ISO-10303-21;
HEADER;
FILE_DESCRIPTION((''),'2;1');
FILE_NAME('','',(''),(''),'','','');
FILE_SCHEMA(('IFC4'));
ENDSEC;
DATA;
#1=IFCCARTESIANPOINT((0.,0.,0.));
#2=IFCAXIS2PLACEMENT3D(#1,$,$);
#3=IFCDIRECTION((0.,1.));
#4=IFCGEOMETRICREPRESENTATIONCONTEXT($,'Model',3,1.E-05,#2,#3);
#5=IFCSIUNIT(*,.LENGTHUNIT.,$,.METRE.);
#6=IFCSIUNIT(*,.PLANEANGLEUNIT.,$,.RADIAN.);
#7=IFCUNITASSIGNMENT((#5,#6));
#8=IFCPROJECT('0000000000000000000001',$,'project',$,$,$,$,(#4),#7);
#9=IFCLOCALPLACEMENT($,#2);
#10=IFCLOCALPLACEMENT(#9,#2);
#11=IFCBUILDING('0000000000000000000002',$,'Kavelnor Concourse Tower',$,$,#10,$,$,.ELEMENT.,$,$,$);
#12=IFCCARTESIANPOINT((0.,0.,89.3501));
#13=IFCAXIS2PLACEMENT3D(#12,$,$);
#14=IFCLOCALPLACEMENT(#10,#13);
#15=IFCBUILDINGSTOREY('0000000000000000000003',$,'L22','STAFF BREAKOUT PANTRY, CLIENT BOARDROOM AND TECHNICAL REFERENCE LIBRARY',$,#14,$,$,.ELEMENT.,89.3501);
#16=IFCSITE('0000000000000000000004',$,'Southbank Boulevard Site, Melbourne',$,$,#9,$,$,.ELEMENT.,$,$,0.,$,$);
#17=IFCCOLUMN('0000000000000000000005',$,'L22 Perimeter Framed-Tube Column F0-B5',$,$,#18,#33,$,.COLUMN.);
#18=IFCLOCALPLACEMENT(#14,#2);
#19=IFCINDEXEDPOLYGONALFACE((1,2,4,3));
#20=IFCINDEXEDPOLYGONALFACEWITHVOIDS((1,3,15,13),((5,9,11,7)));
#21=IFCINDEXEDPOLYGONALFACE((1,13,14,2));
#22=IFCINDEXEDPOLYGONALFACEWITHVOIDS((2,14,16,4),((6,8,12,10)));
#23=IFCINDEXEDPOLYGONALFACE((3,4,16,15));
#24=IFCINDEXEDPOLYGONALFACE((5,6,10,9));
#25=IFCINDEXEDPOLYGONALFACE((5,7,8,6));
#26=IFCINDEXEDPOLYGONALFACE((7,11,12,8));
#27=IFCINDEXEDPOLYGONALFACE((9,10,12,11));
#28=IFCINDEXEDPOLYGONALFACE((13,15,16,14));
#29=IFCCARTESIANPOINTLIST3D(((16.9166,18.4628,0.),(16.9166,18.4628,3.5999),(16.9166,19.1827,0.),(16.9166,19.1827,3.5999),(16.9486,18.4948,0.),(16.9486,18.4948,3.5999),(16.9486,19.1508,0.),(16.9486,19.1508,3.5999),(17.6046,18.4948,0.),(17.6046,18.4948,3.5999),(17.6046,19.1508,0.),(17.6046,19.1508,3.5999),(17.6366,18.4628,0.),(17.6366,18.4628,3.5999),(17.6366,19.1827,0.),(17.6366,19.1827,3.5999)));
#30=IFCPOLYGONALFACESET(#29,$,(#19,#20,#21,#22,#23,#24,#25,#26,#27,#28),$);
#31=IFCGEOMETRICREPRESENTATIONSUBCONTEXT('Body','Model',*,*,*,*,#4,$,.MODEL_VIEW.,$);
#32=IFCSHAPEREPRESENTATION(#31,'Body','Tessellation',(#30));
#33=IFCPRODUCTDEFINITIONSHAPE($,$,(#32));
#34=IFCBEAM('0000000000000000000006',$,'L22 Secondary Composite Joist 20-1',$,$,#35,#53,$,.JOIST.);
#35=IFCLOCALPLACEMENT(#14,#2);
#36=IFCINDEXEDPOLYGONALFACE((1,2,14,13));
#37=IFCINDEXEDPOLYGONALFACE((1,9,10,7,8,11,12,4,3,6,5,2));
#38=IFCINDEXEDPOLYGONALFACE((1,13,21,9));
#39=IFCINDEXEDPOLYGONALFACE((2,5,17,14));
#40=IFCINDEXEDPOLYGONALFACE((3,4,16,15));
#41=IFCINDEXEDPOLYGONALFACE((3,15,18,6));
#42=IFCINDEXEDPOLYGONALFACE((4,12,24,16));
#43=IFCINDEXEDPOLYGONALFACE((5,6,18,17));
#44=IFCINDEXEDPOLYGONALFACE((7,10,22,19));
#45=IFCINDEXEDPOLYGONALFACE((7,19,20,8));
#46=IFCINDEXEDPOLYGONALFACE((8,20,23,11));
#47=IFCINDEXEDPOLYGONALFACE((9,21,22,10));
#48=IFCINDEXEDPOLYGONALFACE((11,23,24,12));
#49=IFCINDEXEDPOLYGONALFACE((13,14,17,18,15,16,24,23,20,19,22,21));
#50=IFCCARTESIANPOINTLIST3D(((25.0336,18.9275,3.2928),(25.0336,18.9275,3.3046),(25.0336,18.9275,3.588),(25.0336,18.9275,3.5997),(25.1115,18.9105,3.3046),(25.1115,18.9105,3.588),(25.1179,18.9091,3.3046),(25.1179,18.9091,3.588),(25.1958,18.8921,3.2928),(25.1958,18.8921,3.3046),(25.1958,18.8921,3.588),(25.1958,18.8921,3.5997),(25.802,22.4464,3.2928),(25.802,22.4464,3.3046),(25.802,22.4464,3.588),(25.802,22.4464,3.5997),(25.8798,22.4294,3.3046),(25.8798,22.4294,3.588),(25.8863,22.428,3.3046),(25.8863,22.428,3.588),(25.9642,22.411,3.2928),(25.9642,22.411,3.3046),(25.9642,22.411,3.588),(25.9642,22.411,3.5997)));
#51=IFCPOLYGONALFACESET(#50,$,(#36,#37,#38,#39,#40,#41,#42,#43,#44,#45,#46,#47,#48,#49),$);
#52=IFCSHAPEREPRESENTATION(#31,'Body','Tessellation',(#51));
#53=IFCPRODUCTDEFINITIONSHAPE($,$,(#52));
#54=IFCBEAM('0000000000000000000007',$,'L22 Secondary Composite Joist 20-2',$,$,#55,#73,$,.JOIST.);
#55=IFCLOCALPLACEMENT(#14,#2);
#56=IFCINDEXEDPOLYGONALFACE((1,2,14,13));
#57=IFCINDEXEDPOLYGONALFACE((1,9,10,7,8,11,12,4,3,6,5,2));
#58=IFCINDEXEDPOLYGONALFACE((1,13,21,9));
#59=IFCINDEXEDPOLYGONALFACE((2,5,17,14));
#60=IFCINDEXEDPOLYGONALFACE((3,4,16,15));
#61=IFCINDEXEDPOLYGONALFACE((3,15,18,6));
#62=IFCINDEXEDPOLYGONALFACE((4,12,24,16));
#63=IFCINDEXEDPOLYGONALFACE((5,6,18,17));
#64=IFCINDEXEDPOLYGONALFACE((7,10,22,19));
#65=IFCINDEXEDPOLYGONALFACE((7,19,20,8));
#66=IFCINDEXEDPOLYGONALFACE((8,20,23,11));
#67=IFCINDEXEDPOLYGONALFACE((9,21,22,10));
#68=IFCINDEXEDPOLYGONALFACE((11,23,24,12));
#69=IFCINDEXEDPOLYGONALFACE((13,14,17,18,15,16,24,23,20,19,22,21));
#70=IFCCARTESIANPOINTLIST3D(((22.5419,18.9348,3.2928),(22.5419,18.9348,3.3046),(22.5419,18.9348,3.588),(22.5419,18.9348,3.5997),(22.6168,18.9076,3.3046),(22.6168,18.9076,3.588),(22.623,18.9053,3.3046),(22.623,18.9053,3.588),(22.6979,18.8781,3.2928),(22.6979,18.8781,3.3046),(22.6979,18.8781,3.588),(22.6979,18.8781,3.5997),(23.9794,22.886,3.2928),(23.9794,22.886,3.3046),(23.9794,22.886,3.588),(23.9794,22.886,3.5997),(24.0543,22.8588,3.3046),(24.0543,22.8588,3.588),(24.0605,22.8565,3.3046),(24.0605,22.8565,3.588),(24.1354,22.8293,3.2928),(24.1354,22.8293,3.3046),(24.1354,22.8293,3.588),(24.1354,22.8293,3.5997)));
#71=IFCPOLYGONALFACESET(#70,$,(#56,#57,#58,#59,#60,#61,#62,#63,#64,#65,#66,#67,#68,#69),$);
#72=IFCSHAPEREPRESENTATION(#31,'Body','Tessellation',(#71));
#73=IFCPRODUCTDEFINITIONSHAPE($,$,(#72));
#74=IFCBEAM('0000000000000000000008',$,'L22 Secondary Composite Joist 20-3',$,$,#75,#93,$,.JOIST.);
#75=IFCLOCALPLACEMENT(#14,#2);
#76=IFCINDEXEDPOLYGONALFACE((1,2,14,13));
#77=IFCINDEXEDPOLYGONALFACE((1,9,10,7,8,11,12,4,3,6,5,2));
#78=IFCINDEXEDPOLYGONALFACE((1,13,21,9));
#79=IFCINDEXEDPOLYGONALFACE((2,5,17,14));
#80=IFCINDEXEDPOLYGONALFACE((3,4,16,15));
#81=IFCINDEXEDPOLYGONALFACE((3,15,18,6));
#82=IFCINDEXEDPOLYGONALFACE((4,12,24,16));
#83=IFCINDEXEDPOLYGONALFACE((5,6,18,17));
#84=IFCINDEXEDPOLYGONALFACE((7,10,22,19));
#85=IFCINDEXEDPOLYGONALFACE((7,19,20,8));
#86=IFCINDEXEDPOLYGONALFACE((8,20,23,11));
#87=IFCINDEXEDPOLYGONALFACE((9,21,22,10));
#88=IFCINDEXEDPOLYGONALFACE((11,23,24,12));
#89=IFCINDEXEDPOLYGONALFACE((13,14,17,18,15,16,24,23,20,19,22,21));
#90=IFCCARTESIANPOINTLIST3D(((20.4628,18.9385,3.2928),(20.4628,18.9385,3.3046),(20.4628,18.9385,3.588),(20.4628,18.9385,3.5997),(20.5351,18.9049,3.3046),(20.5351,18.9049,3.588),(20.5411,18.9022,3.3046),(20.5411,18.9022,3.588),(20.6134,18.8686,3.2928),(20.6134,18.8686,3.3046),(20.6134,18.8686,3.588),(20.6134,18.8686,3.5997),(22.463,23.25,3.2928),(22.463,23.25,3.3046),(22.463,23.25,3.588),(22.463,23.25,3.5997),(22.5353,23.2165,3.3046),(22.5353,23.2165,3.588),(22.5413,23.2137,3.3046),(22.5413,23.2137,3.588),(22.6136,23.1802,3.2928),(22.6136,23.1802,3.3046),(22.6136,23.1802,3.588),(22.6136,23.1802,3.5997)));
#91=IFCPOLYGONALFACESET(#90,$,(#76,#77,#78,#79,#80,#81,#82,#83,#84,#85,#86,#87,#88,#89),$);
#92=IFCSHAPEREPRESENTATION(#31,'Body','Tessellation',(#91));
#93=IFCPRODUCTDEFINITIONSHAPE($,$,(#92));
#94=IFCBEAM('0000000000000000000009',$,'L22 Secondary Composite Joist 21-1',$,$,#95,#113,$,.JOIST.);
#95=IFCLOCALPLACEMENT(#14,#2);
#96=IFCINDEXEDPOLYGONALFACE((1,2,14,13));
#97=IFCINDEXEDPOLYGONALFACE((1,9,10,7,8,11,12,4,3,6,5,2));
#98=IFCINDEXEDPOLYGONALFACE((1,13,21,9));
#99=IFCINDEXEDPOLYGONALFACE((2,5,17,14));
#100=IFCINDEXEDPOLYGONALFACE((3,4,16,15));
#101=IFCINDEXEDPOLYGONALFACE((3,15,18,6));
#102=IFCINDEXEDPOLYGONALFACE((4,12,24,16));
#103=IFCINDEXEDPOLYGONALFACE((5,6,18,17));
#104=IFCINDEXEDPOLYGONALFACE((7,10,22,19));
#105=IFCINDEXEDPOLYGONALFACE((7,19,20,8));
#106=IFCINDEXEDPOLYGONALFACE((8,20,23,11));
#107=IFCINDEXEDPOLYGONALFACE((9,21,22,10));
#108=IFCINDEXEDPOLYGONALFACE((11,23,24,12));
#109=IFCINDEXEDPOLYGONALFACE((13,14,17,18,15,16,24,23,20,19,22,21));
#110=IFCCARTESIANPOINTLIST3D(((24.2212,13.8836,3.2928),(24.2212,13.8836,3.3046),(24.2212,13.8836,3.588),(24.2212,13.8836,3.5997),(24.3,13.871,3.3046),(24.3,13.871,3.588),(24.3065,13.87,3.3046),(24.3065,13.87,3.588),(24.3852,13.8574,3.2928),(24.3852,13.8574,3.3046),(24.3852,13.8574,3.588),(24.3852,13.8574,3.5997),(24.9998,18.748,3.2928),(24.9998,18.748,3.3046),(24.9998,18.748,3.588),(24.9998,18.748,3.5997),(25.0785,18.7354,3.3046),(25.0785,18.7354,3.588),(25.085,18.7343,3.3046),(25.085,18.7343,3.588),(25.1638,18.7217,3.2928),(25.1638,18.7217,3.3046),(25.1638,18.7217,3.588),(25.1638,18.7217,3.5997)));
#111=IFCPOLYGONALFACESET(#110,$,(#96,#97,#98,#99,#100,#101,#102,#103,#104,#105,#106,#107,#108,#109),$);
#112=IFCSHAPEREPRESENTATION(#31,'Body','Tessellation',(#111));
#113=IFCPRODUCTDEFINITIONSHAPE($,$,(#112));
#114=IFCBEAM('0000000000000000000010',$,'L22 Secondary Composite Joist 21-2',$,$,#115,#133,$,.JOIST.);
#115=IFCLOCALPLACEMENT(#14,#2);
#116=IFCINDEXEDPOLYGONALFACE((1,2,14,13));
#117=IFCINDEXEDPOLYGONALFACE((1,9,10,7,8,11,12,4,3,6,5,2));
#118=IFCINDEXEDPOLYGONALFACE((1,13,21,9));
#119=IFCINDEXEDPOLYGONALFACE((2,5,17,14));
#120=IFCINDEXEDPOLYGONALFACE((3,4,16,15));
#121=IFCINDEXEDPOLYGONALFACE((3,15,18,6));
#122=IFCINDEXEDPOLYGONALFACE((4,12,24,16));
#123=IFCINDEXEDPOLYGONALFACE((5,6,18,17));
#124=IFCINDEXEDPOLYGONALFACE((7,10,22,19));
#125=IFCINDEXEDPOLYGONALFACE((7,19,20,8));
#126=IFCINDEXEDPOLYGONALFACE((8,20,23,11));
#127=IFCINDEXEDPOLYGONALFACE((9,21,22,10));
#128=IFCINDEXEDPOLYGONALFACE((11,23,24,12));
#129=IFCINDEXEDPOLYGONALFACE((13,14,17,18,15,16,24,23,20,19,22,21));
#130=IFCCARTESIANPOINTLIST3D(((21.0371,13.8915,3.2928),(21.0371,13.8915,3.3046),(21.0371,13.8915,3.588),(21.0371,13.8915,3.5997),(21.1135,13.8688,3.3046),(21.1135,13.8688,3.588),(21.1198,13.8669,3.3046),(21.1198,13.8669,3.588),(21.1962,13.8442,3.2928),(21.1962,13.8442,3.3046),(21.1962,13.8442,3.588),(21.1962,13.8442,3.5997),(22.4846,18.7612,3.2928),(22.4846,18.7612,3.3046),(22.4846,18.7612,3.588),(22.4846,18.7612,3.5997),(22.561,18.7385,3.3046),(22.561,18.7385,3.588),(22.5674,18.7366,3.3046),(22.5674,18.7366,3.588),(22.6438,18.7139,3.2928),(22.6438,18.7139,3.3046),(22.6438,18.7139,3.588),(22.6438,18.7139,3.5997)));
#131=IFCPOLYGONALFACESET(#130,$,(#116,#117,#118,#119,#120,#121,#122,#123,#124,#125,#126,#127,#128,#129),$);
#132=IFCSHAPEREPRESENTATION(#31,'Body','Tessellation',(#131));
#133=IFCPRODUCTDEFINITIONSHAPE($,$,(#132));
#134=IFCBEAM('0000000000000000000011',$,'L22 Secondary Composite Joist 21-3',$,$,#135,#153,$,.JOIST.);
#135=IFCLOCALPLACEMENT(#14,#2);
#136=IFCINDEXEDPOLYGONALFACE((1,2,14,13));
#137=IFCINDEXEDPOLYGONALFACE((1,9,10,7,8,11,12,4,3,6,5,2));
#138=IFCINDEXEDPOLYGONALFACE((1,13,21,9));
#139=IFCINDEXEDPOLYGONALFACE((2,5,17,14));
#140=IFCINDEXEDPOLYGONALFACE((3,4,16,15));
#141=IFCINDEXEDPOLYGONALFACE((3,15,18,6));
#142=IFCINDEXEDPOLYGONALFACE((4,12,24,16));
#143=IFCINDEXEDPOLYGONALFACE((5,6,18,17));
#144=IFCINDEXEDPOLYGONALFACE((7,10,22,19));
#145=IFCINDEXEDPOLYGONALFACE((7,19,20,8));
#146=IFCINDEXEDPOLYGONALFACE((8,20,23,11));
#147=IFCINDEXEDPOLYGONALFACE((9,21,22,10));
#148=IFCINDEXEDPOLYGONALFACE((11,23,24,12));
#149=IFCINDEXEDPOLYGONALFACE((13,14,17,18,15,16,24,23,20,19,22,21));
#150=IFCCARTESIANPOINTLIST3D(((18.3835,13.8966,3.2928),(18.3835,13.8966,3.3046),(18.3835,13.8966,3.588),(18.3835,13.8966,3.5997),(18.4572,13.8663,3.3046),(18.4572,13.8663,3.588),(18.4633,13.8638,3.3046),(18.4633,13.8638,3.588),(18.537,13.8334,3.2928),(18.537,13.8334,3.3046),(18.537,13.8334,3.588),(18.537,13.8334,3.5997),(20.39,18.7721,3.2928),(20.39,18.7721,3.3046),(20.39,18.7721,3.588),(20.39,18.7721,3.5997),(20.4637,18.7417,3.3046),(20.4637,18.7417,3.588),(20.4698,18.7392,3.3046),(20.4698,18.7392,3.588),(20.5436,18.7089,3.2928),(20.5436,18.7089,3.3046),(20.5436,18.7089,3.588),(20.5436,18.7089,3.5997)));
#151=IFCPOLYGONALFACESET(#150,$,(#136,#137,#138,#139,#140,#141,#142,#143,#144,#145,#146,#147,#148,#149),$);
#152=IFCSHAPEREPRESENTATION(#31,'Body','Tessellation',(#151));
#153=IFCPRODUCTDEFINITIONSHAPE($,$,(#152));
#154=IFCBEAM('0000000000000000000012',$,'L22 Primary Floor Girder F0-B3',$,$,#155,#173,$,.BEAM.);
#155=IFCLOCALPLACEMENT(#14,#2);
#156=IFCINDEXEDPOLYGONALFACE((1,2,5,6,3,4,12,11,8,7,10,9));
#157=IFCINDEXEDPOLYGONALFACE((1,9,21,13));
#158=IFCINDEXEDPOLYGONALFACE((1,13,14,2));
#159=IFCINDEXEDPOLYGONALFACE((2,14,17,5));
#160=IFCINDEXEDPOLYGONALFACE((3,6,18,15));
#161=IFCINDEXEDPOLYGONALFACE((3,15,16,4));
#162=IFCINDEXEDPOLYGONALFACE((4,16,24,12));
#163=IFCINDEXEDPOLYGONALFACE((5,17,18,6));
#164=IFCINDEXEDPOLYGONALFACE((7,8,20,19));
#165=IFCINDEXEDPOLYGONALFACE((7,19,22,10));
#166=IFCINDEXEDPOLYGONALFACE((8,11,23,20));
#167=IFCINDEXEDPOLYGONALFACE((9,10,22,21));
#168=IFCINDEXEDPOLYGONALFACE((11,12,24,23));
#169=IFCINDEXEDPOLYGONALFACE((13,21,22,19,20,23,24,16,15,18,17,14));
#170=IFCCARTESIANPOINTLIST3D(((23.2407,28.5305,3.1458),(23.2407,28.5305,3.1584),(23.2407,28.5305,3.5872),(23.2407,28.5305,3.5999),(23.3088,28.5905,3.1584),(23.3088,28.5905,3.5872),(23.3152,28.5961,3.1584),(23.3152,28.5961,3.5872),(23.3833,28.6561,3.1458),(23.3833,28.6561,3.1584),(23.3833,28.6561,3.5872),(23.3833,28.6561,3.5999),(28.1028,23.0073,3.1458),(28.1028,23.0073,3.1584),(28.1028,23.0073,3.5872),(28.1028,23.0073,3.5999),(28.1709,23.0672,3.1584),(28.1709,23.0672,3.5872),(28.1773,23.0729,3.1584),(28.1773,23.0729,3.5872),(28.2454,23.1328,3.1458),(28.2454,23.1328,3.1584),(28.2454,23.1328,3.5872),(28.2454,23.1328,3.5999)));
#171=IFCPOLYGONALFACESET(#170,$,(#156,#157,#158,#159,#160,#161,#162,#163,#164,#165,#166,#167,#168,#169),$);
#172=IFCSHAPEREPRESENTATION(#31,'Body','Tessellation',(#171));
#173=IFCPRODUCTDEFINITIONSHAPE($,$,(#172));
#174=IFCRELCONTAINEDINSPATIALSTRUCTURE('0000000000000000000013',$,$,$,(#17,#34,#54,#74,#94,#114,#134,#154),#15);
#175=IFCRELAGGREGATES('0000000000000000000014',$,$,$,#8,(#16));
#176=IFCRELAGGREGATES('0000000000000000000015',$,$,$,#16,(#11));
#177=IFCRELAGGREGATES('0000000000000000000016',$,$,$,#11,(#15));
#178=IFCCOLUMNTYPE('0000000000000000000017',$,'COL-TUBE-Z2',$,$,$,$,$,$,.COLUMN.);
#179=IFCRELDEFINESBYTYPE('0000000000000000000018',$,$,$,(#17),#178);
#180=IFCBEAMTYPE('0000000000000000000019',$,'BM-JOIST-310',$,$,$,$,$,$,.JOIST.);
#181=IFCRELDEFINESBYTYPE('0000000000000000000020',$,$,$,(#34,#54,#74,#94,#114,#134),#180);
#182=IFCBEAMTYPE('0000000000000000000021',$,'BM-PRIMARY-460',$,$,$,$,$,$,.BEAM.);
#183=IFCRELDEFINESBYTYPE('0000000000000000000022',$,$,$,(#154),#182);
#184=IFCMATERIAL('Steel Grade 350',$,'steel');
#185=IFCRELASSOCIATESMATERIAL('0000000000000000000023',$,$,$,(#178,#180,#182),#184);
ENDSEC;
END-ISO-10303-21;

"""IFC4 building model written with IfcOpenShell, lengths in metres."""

from ifc_helpers import new_model, si_unit, direction, frame, origin, origin_2d, place, context, subcontext, project, spatial, hollow_rectangle, i_section, extrude, material, material_profile, profile_set, type_object, element, save


model = new_model("IFC4")

# Units and contexts
model_context = context("Model", 3, precision=1e-05, world=origin(), true_north=direction((0.0, 1.0)))
body_context = subcontext(model_context, "Body", "Model", "MODEL_VIEW")
ifc_project = project(units=[si_unit("LENGTHUNIT", "METRE"), si_unit("PLANEANGLEUNIT", "RADIAN")], contexts=[model_context])

# Site, building, storey
site_placement = place(None, origin())
site = spatial("IfcSite", under=ifc_project, at=site_placement, Name="Southbank Boulevard Site, Melbourne", CompositionType="ELEMENT", RefElevation=0.0)
building_placement = place(site_placement, origin())
building = spatial("IfcBuilding", under=site, at=building_placement, Name="Kavelnor Concourse Tower", CompositionType="ELEMENT")
storey_placement = place(building_placement, frame((0.0, 0.0, 89.3501)))
storey = spatial("IfcBuildingStorey", under=building, at=storey_placement, Name="L22", Description="STAFF BREAKOUT PANTRY, CLIENT BOARDROOM AND TECHNICAL REFERENCE LIBRARY", CompositionType="ELEMENT", Elevation=89.3501)

# Column
ifc_material_1 = material(Name="Steel Grade 350", Category="steel")
ifc_material_profile_1 = material_profile(ifc_material_1, hollow_rectangle(XDim=0.72, YDim=0.72, WallThickness=0.032, at=origin_2d()), Name="SHS 720x720x32")
ifc_profile_set_1 = profile_set([ifc_material_profile_1], Name="Steel Grade 350")
column_type = type_object("IfcColumnType", Name="COL-TUBE-Z2", PredefinedType="COLUMN", material=ifc_profile_set_1)
column_placement = place(storey_placement, frame((17.2766, 18.8228, 0.0), z_axis=(0.0, 0.0, 1.0), x_axis=(1.0, 0.0, 0.0)))
element("IfcColumn", 1, at=column_placement, inside=storey, type_object=column_type, Name="L22 Perimeter Framed-Tube Column F0-B5", PredefinedType="COLUMN", context=body_context, shape_type="SweptSolid", body=[
    extrude(hollow_rectangle(XDim=0.72, YDim=0.72, WallThickness=0.032, at=origin_2d()), origin(), (0.0, 0.0, 1.0), 3.5999),
])

# Beams
ifc_material_profile_2 = material_profile(ifc_material_1, i_section(OverallWidth=0.166, OverallDepth=0.3069, WebThickness=0.0066, FlangeThickness=0.0117, at=origin_2d()), Name="310UB46")
ifc_profile_set_2 = profile_set([ifc_material_profile_2], Name="Steel Grade 350")
beam_type_1 = type_object("IfcBeamType", Name="BM-JOIST-310", PredefinedType="JOIST", material=ifc_profile_set_2)
beam_1_placement = place(storey_placement, frame((25.8831, 22.4287, 3.4463), z_axis=(-0.213319, -0.976983, 0.0), x_axis=(0.976983, -0.213319, 0.0)))
element("IfcBeam", 2, at=beam_1_placement, inside=storey, type_object=beam_type_1, Name="L22 Secondary Composite Joist 20-1", PredefinedType="JOIST", context=body_context, shape_type="SweptSolid", body=[
    extrude(i_section(OverallWidth=0.166, OverallDepth=0.3069, WebThickness=0.0066, FlangeThickness=0.0117, at=origin_2d()), origin(), (0.0, 0.0, 1.0), 3.6018),
])
beam_2_placement = place(storey_placement, frame((24.0574, 22.8577, 3.4463), z_axis=(-0.341892, -0.939739, 0.0), x_axis=(0.939739, -0.341892, 0.0)))
element("IfcBeam", 3, at=beam_2_placement, inside=storey, type_object=beam_type_1, Name="L22 Secondary Composite Joist 20-2", PredefinedType="JOIST", context=body_context, shape_type="SweptSolid", body=[
    extrude(i_section(OverallWidth=0.166, OverallDepth=0.3069, WebThickness=0.0066, FlangeThickness=0.0117, at=origin_2d()), origin(), (0.0, 0.0, 1.0), 4.2046),
])
beam_3_placement = place(storey_placement, frame((22.5383, 23.2151, 3.4463), z_axis=(-0.420846, -0.907132, 0.0), x_axis=(0.907132, -0.420846, 0.0)))
element("IfcBeam", 4, at=beam_3_placement, inside=storey, type_object=beam_type_1, Name="L22 Secondary Composite Joist 20-3", PredefinedType="JOIST", context=body_context, shape_type="SweptSolid", body=[
    extrude(i_section(OverallWidth=0.166, OverallDepth=0.3069, WebThickness=0.0066, FlangeThickness=0.0117, at=origin_2d()), origin(), (0.0, 0.0, 1.0), 4.7529),
])
beam_4_placement = place(storey_placement, frame((25.0818, 18.7349, 3.4463), z_axis=(-0.158047, -0.987432, 0.0), x_axis=(0.987432, -0.158047, 0.0)))
element("IfcBeam", 5, at=beam_4_placement, inside=storey, type_object=beam_type_1, Name="L22 Secondary Composite Joist 21-1", PredefinedType="JOIST", context=body_context, shape_type="SweptSolid", body=[
    extrude(i_section(OverallWidth=0.166, OverallDepth=0.3069, WebThickness=0.0066, FlangeThickness=0.0117, at=origin_2d()), origin(), (0.0, 0.0, 1.0), 4.9263),
])
beam_5_placement = place(storey_placement, frame((22.5642, 18.7375, 3.4463), z_axis=(-0.284931, -0.958548, 0.0), x_axis=(0.958548, -0.284931, 0.0)))
element("IfcBeam", 6, at=beam_5_placement, inside=storey, type_object=beam_type_1, Name="L22 Secondary Composite Joist 21-2", PredefinedType="JOIST", context=body_context, shape_type="SweptSolid", body=[
    extrude(i_section(OverallWidth=0.166, OverallDepth=0.3069, WebThickness=0.0066, FlangeThickness=0.0117, at=origin_2d()), origin(), (0.0, 0.0, 1.0), 5.0803),
])
beam_6_placement = place(storey_placement, frame((20.4668, 18.7405, 3.4463), z_axis=(-0.380594, -0.924742, 0.0), x_axis=(0.924742, -0.380594, 0.0)))
element("IfcBeam", 7, at=beam_6_placement, inside=storey, type_object=beam_type_1, Name="L22 Secondary Composite Joist 21-3", PredefinedType="JOIST", context=body_context, shape_type="SweptSolid", body=[
    extrude(i_section(OverallWidth=0.166, OverallDepth=0.3069, WebThickness=0.0066, FlangeThickness=0.0117, at=origin_2d()), origin(), (0.0, 0.0, 1.0), 5.2722),
])
ifc_material_profile_3 = material_profile(ifc_material_1, i_section(OverallWidth=0.1899, OverallDepth=0.4541, WebThickness=0.0085, FlangeThickness=0.0127, at=origin_2d()), Name="460UB67")
ifc_profile_set_3 = profile_set([ifc_material_profile_3], Name="Steel Grade 350")
beam_type_2 = type_object("IfcBeamType", Name="BM-PRIMARY-460", PredefinedType="BEAM", material=ifc_profile_set_3)
beam_7_placement = place(storey_placement, frame((28.1741, 23.0701, 3.3728), z_axis=(-0.660754, 0.750602, 0.0), x_axis=(-0.750602, -0.660754, 0.0)))
element("IfcBeam", 8, at=beam_7_placement, inside=storey, type_object=beam_type_2, Name="L22 Primary Floor Girder F0-B3", PredefinedType="BEAM", context=body_context, shape_type="SweptSolid", body=[
    extrude(i_section(OverallWidth=0.1899, OverallDepth=0.4541, WebThickness=0.0085, FlangeThickness=0.0127, at=origin_2d()), origin(), (0.0, 0.0, 1.0), 7.3584),
])

save(model, "model.ifc")
